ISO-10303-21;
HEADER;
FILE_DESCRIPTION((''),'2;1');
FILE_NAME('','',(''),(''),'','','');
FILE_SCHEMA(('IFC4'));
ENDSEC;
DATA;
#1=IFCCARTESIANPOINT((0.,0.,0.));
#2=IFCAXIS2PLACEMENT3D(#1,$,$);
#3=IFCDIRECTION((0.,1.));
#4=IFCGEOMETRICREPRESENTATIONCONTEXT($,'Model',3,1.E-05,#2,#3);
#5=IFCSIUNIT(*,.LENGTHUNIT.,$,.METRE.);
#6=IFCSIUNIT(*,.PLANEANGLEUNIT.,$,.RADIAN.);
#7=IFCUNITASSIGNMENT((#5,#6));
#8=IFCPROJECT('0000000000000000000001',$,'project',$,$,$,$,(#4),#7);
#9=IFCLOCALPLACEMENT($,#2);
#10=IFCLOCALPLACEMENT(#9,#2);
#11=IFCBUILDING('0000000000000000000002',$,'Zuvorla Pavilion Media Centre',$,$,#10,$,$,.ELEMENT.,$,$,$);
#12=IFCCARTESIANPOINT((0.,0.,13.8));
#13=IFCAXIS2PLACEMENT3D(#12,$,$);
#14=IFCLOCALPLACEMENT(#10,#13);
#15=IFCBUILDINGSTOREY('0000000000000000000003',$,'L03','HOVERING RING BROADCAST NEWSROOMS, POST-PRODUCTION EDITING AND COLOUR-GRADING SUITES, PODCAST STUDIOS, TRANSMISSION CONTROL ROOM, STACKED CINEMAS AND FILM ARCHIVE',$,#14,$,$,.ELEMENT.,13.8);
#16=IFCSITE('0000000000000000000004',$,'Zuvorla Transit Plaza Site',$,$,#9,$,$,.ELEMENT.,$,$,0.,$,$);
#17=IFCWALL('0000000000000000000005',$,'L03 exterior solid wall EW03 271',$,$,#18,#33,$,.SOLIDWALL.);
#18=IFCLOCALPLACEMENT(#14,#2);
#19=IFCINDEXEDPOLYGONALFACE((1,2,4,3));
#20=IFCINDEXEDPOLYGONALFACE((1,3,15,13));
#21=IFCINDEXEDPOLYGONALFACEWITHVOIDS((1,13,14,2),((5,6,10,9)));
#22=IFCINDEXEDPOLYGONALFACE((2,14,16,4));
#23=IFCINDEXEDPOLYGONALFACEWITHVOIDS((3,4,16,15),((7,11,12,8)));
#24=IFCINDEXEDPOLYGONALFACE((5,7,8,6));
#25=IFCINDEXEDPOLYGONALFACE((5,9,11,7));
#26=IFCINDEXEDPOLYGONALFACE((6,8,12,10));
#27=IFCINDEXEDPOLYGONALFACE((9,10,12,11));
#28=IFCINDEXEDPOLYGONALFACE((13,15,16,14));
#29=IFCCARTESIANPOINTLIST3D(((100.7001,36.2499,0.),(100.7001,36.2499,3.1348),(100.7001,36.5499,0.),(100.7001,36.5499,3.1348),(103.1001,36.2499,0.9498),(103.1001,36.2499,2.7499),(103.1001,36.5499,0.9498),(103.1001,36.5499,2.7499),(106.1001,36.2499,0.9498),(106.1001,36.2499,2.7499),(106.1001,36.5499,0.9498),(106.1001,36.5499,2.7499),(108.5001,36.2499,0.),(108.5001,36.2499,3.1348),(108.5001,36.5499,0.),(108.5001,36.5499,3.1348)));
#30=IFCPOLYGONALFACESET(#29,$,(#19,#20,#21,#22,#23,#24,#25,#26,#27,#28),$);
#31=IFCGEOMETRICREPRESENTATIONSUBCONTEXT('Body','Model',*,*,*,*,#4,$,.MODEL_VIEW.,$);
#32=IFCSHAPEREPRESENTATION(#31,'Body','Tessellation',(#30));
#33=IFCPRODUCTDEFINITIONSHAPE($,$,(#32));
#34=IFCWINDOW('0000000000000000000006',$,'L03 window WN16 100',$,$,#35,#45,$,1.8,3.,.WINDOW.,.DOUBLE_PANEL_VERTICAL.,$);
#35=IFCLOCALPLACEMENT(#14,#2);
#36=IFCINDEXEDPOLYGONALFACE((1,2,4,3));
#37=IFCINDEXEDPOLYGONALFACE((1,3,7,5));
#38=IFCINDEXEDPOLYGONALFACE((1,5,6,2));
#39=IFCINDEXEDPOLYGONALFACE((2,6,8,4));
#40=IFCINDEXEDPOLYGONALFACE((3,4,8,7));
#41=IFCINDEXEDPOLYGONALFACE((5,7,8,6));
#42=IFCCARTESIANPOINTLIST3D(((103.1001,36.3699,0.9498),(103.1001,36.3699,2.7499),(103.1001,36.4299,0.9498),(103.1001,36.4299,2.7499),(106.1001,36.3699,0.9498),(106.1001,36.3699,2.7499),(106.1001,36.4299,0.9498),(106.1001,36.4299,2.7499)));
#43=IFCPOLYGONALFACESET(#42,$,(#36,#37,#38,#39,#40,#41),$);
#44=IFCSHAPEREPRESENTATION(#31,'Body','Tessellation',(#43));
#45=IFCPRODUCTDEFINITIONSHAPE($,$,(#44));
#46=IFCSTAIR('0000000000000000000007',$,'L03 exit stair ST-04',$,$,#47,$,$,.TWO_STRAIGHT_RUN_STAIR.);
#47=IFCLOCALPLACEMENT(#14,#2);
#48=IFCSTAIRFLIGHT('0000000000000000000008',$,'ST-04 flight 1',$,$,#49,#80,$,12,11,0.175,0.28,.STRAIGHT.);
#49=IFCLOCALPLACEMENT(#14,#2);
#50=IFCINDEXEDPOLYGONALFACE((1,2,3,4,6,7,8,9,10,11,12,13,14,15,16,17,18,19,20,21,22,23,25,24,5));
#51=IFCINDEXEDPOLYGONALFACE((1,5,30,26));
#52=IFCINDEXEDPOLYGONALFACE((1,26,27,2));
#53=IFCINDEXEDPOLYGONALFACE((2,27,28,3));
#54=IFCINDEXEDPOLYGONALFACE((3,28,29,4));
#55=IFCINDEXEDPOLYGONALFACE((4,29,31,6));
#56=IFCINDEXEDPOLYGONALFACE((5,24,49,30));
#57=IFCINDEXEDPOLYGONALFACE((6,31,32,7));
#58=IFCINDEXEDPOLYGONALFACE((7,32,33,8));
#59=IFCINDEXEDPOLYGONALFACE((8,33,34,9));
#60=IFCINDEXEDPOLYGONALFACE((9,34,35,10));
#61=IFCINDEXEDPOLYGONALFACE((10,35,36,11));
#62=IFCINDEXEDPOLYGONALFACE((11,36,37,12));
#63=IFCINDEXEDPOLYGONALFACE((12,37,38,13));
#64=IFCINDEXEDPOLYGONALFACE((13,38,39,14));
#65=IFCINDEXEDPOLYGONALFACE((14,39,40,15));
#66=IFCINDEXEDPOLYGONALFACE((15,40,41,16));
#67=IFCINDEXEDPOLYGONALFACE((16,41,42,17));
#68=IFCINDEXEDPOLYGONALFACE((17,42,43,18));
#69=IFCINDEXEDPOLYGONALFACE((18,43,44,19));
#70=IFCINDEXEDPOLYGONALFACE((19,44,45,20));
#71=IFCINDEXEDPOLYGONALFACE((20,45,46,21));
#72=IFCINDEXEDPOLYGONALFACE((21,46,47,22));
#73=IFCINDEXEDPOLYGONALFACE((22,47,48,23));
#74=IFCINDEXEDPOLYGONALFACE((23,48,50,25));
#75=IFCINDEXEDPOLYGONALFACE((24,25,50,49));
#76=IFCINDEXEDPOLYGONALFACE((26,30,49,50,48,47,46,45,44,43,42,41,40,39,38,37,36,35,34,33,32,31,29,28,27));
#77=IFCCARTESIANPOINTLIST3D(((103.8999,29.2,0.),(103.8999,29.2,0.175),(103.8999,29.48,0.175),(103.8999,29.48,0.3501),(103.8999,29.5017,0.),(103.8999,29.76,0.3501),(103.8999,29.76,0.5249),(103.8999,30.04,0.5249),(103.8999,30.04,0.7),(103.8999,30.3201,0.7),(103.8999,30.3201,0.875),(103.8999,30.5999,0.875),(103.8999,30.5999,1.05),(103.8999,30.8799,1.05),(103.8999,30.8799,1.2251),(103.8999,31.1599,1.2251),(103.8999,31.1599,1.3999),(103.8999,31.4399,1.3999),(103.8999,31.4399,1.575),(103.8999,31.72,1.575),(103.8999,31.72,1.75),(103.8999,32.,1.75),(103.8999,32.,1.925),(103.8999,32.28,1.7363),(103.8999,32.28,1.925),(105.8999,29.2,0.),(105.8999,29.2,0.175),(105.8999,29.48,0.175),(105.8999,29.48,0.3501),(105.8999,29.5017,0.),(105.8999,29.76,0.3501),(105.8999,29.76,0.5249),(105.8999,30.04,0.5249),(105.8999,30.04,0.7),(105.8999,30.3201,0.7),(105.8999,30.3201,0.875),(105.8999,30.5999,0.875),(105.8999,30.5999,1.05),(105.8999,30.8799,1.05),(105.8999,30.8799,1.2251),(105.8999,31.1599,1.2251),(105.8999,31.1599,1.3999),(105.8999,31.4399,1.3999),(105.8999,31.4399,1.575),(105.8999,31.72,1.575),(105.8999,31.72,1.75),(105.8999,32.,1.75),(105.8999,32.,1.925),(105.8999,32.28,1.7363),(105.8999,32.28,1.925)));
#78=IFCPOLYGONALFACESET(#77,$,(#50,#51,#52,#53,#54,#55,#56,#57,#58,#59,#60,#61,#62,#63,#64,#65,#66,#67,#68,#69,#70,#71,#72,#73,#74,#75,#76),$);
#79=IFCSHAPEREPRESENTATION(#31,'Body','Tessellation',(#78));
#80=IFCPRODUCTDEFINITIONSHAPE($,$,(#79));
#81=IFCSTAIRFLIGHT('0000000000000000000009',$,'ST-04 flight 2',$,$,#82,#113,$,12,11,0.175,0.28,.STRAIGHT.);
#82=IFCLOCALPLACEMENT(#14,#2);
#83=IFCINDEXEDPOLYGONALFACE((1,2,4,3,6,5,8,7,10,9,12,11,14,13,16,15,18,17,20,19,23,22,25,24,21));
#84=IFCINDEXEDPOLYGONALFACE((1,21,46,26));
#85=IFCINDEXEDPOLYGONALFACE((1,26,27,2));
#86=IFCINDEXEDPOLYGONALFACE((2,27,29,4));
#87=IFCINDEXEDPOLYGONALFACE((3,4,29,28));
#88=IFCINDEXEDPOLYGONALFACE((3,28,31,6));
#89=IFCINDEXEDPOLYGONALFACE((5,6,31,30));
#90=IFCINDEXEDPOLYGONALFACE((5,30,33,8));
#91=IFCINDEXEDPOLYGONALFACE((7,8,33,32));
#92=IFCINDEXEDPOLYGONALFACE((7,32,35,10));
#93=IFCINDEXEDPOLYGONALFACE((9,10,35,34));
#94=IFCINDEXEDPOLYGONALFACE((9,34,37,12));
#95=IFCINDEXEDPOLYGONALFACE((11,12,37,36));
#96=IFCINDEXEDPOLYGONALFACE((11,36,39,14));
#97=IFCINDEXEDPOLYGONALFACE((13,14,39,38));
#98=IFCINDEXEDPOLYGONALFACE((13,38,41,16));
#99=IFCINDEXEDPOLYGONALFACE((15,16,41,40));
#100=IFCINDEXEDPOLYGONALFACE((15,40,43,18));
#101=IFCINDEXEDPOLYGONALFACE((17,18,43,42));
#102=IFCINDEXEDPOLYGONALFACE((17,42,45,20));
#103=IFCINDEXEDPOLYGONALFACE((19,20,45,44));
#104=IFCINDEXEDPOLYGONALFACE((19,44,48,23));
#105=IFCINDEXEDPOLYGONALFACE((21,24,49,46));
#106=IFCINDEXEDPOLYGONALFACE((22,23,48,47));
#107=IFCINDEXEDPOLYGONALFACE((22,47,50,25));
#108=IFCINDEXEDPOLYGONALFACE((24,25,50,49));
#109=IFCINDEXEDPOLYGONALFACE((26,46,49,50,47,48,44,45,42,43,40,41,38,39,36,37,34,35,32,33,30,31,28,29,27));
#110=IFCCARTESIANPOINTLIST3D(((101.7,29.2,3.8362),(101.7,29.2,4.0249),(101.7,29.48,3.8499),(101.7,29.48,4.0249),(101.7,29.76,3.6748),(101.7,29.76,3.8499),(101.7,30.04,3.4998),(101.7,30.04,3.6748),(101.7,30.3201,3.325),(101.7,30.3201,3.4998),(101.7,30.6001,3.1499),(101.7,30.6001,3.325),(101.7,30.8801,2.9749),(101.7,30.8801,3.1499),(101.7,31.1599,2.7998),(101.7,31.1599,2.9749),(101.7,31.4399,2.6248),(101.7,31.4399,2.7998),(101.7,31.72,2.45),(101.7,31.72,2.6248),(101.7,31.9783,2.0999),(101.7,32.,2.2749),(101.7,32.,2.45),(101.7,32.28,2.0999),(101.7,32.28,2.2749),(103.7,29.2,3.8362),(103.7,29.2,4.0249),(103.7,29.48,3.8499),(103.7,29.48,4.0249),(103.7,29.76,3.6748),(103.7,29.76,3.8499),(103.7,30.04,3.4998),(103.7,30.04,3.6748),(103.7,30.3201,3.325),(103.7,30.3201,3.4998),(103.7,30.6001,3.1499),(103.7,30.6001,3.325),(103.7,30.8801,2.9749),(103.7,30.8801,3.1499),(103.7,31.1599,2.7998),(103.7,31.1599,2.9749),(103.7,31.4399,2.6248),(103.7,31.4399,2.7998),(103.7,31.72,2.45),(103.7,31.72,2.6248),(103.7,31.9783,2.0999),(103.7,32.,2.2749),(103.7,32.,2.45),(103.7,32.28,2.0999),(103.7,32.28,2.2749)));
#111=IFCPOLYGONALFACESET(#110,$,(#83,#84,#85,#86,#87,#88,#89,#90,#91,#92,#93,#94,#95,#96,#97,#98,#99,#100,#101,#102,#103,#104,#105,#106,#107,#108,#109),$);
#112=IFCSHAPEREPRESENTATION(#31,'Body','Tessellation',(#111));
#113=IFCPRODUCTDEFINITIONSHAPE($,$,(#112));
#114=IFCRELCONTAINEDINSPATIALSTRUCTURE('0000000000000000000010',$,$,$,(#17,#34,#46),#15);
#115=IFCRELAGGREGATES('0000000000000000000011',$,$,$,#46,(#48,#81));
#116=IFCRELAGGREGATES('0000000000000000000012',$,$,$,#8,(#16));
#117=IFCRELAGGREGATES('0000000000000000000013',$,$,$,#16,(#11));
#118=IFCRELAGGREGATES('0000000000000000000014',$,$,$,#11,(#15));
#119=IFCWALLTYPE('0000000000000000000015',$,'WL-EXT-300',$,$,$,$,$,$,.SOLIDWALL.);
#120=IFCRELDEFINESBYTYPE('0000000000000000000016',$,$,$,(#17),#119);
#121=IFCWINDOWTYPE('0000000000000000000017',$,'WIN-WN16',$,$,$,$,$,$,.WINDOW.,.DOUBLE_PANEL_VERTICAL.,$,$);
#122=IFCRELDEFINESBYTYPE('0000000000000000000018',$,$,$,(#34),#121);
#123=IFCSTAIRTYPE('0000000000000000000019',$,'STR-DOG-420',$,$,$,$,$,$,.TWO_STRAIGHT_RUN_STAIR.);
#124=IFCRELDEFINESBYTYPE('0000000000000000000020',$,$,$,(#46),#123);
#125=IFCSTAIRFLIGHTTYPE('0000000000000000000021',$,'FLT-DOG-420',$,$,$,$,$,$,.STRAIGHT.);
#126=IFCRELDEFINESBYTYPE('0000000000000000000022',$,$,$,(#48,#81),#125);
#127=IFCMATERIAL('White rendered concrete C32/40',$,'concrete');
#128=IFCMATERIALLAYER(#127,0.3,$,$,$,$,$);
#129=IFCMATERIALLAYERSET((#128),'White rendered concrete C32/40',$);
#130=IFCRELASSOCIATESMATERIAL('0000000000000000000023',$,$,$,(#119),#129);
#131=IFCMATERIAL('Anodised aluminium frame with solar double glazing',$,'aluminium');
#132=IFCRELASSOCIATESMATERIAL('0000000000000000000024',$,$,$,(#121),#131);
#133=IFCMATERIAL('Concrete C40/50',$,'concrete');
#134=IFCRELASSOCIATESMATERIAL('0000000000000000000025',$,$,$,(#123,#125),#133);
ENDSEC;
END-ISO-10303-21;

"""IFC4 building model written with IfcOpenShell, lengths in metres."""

from ifc_helpers import new_model, si_unit, direction, frame, frame_2d, origin, place, context, subcontext, project, spatial, polyline, rectangle, outline, extrude, material, layer, layer_set, type_object, element, fill, aggregate, save


model = new_model("IFC4")

# Units and contexts
model_context = context("Model", 3, precision=1e-05, world=origin(), true_north=direction((0.0, 1.0)))
body_context = subcontext(model_context, "Body", "Model", "MODEL_VIEW")
ifc_project = project(units=[si_unit("LENGTHUNIT", "METRE"), si_unit("PLANEANGLEUNIT", "RADIAN")], contexts=[model_context])

# Site, building, storey
site_placement = place(None, origin())
site = spatial("IfcSite", under=ifc_project, at=site_placement, Name="Zuvorla Transit Plaza Site", CompositionType="ELEMENT", RefElevation=0.0)
building_placement = place(site_placement, origin())
building = spatial("IfcBuilding", under=site, at=building_placement, Name="Zuvorla Pavilion Media Centre", CompositionType="ELEMENT")
storey_placement = place(building_placement, frame((0.0, 0.0, 13.8)))
storey = spatial("IfcBuildingStorey", under=building, at=storey_placement, Name="L03", Description="HOVERING RING BROADCAST NEWSROOMS, POST-PRODUCTION EDITING AND COLOUR-GRADING SUITES, PODCAST STUDIOS, TRANSMISSION CONTROL ROOM, STACKED CINEMAS AND FILM ARCHIVE", CompositionType="ELEMENT", Elevation=13.8)

# Shared definitions
ifc_material_1 = material(Name="Concrete C40/50", Category="concrete")

# Shared definitions
ifc_material_2 = material(Name="White rendered concrete C32/40", Category="concrete")
ifc_layer_1 = layer(ifc_material_2, 0.3)
ifc_layer_set_1 = layer_set([ifc_layer_1], Name="White rendered concrete C32/40")
wall_type_1 = type_object("IfcWallType", Name="WL-EXT-300", PredefinedType="SOLIDWALL", material=ifc_layer_set_1)

# Wall, opening, window
wall_1_placement = place(storey_placement, frame((108.5, 36.3999, 0.0), z_axis=(0.0, 0.0, 1.0), x_axis=(-1.0, 0.0, 0.0)))
wall_1 = element("IfcWall", 1, at=wall_1_placement, inside=storey, type_object=wall_type_1, Name="L03 exterior solid wall EW03 271", PredefinedType="SOLIDWALL", context=body_context, shape_type="SweptSolid", body=[
    extrude(rectangle(XDim=7.8, YDim=0.3, at=frame_2d((3.8999, 0.0))), origin(), (0.0, 0.0, 1.0), 3.1348),
])
opening_placement = place(wall_1_placement, frame((2.3999, 0.0, 0.95)))
opening = element("IfcOpeningElement", 2, at=opening_placement, cuts=wall_1, PredefinedType="OPENING", context=body_context, shape_type="SweptSolid", body=[
    extrude(rectangle(XDim=3.0, YDim=1.8, at=frame_2d((1.5, 0.8999))), frame((0.0, 0.1599, 0.0), z_axis=(0.0, -1.0, 0.0), x_axis=(1.0, 0.0, 0.0)), (0.0, 0.0, 1.0), 0.3201),
])
ifc_material_3 = material(Name="Anodised aluminium frame with solar double glazing", Category="aluminium")
window_type = type_object("IfcWindowType", Name="WIN-WN16", PartitioningType="DOUBLE_PANEL_VERTICAL", PredefinedType="WINDOW", material=ifc_material_3)
window_placement = place(opening_placement, origin())
window = element("IfcWindow", 3, at=window_placement, inside=storey, type_object=window_type, Name="L03 window WN16 100", OverallHeight=1.8, OverallWidth=3.0, PartitioningType="DOUBLE_PANEL_VERTICAL", PredefinedType="WINDOW", context=body_context, shape_type="SweptSolid", body=[
    extrude(rectangle(XDim=3.0, YDim=1.8, at=frame_2d((1.5, 0.8999))), frame((0.0, 0.03, 0.0), z_axis=(0.0, -1.0, 0.0), x_axis=(1.0, 0.0, 0.0)), (0.0, 0.0, 1.0), 0.0601),
])
fill(opening, window)

# Stair, stair flights
stair_type = type_object("IfcStairType", Name="STR-DOG-420", PredefinedType="TWO_STRAIGHT_RUN_STAIR", material=ifc_material_1)
stair_placement = place(storey_placement, origin())
stair = element("IfcStair", 4, at=stair_placement, inside=storey, type_object=stair_type, Name="L03 exit stair ST-04", PredefinedType="TWO_STRAIGHT_RUN_STAIR")
stair_flight_type = type_object("IfcStairFlightType", Name="FLT-DOG-420", PredefinedType="STRAIGHT", material=ifc_material_1)
stair_flight_1_placement = place(storey_placement, frame((104.8999, 29.2, 0.0), z_axis=(0.0, 0.0, 1.0), x_axis=(0.0, 1.0, 0.0)))
stair_flight_1 = element("IfcStairFlight", 5, at=stair_flight_1_placement, type_object=stair_flight_type, Name="ST-04 flight 1", NumberOfRisers=12, NumberOfTreads=11, PredefinedType="STRAIGHT", RiserHeight=0.175, TreadLength=0.28, context=body_context, shape_type="SweptSolid", body=[
    extrude(outline(polyline([(0.0, 0.0), (0.0, 0.175), (0.28, 0.175), (0.28, 0.3501), (0.5601, 0.3501), (0.5601, 0.5249), (0.8401, 0.5249), (0.8401, 0.7), (1.1201, 0.7), (1.1201, 0.875), (1.3999, 0.875), (1.3999, 1.05), (1.6799, 1.05), (1.6799, 1.2251), (1.96, 1.2251), (1.96, 1.3999), (2.24, 1.3999), (2.24, 1.575), (2.52, 1.575), (2.52, 1.75), (2.8, 1.75), (2.8, 1.925), (3.0801, 1.925), (3.0801, 2.1001), (3.0801, 1.7363), (0.3018, 0.0), (0.0, 0.0)])), frame((0.0, 1.0, 0.0), z_axis=(0.0, -1.0, 0.0), x_axis=(1.0, 0.0, 0.0)), (0.0, 0.0, 1.0), 2.0),
])
stair_flight_2_placement = place(storey_placement, frame((102.7, 32.28, 2.0999), z_axis=(0.0, 0.0, 1.0), x_axis=(0.0, -1.0, 0.0)))
stair_flight_2 = element("IfcStairFlight", 6, at=stair_flight_2_placement, type_object=stair_flight_type, Name="ST-04 flight 2", NumberOfRisers=12, NumberOfTreads=11, PredefinedType="STRAIGHT", RiserHeight=0.175, TreadLength=0.28, context=body_context, shape_type="SweptSolid", body=[
    extrude(outline(polyline([(0.0, 0.0), (0.0, 0.175), (0.28, 0.175), (0.28, 0.3501), (0.5601, 0.3501), (0.5601, 0.5249), (0.8401, 0.5249), (0.8401, 0.7), (1.1201, 0.7), (1.1201, 0.875), (1.3999, 0.875), (1.3999, 1.05), (1.6799, 1.05), (1.6799, 1.2251), (1.96, 1.2251), (1.96, 1.3999), (2.24, 1.3999), (2.24, 1.575), (2.52, 1.575), (2.52, 1.75), (2.8, 1.75), (2.8, 1.925), (3.0801, 1.925), (3.0801, 2.1001), (3.0801, 1.7363), (0.3018, 0.0), (0.0, 0.0)])), frame((0.0, 1.0, 0.0), z_axis=(0.0, -1.0, 0.0), x_axis=(1.0, 0.0, 0.0)), (0.0, 0.0, 1.0), 2.0),
])
aggregate(stair, [stair_flight_1, stair_flight_2])

save(model, "model.ifc")
